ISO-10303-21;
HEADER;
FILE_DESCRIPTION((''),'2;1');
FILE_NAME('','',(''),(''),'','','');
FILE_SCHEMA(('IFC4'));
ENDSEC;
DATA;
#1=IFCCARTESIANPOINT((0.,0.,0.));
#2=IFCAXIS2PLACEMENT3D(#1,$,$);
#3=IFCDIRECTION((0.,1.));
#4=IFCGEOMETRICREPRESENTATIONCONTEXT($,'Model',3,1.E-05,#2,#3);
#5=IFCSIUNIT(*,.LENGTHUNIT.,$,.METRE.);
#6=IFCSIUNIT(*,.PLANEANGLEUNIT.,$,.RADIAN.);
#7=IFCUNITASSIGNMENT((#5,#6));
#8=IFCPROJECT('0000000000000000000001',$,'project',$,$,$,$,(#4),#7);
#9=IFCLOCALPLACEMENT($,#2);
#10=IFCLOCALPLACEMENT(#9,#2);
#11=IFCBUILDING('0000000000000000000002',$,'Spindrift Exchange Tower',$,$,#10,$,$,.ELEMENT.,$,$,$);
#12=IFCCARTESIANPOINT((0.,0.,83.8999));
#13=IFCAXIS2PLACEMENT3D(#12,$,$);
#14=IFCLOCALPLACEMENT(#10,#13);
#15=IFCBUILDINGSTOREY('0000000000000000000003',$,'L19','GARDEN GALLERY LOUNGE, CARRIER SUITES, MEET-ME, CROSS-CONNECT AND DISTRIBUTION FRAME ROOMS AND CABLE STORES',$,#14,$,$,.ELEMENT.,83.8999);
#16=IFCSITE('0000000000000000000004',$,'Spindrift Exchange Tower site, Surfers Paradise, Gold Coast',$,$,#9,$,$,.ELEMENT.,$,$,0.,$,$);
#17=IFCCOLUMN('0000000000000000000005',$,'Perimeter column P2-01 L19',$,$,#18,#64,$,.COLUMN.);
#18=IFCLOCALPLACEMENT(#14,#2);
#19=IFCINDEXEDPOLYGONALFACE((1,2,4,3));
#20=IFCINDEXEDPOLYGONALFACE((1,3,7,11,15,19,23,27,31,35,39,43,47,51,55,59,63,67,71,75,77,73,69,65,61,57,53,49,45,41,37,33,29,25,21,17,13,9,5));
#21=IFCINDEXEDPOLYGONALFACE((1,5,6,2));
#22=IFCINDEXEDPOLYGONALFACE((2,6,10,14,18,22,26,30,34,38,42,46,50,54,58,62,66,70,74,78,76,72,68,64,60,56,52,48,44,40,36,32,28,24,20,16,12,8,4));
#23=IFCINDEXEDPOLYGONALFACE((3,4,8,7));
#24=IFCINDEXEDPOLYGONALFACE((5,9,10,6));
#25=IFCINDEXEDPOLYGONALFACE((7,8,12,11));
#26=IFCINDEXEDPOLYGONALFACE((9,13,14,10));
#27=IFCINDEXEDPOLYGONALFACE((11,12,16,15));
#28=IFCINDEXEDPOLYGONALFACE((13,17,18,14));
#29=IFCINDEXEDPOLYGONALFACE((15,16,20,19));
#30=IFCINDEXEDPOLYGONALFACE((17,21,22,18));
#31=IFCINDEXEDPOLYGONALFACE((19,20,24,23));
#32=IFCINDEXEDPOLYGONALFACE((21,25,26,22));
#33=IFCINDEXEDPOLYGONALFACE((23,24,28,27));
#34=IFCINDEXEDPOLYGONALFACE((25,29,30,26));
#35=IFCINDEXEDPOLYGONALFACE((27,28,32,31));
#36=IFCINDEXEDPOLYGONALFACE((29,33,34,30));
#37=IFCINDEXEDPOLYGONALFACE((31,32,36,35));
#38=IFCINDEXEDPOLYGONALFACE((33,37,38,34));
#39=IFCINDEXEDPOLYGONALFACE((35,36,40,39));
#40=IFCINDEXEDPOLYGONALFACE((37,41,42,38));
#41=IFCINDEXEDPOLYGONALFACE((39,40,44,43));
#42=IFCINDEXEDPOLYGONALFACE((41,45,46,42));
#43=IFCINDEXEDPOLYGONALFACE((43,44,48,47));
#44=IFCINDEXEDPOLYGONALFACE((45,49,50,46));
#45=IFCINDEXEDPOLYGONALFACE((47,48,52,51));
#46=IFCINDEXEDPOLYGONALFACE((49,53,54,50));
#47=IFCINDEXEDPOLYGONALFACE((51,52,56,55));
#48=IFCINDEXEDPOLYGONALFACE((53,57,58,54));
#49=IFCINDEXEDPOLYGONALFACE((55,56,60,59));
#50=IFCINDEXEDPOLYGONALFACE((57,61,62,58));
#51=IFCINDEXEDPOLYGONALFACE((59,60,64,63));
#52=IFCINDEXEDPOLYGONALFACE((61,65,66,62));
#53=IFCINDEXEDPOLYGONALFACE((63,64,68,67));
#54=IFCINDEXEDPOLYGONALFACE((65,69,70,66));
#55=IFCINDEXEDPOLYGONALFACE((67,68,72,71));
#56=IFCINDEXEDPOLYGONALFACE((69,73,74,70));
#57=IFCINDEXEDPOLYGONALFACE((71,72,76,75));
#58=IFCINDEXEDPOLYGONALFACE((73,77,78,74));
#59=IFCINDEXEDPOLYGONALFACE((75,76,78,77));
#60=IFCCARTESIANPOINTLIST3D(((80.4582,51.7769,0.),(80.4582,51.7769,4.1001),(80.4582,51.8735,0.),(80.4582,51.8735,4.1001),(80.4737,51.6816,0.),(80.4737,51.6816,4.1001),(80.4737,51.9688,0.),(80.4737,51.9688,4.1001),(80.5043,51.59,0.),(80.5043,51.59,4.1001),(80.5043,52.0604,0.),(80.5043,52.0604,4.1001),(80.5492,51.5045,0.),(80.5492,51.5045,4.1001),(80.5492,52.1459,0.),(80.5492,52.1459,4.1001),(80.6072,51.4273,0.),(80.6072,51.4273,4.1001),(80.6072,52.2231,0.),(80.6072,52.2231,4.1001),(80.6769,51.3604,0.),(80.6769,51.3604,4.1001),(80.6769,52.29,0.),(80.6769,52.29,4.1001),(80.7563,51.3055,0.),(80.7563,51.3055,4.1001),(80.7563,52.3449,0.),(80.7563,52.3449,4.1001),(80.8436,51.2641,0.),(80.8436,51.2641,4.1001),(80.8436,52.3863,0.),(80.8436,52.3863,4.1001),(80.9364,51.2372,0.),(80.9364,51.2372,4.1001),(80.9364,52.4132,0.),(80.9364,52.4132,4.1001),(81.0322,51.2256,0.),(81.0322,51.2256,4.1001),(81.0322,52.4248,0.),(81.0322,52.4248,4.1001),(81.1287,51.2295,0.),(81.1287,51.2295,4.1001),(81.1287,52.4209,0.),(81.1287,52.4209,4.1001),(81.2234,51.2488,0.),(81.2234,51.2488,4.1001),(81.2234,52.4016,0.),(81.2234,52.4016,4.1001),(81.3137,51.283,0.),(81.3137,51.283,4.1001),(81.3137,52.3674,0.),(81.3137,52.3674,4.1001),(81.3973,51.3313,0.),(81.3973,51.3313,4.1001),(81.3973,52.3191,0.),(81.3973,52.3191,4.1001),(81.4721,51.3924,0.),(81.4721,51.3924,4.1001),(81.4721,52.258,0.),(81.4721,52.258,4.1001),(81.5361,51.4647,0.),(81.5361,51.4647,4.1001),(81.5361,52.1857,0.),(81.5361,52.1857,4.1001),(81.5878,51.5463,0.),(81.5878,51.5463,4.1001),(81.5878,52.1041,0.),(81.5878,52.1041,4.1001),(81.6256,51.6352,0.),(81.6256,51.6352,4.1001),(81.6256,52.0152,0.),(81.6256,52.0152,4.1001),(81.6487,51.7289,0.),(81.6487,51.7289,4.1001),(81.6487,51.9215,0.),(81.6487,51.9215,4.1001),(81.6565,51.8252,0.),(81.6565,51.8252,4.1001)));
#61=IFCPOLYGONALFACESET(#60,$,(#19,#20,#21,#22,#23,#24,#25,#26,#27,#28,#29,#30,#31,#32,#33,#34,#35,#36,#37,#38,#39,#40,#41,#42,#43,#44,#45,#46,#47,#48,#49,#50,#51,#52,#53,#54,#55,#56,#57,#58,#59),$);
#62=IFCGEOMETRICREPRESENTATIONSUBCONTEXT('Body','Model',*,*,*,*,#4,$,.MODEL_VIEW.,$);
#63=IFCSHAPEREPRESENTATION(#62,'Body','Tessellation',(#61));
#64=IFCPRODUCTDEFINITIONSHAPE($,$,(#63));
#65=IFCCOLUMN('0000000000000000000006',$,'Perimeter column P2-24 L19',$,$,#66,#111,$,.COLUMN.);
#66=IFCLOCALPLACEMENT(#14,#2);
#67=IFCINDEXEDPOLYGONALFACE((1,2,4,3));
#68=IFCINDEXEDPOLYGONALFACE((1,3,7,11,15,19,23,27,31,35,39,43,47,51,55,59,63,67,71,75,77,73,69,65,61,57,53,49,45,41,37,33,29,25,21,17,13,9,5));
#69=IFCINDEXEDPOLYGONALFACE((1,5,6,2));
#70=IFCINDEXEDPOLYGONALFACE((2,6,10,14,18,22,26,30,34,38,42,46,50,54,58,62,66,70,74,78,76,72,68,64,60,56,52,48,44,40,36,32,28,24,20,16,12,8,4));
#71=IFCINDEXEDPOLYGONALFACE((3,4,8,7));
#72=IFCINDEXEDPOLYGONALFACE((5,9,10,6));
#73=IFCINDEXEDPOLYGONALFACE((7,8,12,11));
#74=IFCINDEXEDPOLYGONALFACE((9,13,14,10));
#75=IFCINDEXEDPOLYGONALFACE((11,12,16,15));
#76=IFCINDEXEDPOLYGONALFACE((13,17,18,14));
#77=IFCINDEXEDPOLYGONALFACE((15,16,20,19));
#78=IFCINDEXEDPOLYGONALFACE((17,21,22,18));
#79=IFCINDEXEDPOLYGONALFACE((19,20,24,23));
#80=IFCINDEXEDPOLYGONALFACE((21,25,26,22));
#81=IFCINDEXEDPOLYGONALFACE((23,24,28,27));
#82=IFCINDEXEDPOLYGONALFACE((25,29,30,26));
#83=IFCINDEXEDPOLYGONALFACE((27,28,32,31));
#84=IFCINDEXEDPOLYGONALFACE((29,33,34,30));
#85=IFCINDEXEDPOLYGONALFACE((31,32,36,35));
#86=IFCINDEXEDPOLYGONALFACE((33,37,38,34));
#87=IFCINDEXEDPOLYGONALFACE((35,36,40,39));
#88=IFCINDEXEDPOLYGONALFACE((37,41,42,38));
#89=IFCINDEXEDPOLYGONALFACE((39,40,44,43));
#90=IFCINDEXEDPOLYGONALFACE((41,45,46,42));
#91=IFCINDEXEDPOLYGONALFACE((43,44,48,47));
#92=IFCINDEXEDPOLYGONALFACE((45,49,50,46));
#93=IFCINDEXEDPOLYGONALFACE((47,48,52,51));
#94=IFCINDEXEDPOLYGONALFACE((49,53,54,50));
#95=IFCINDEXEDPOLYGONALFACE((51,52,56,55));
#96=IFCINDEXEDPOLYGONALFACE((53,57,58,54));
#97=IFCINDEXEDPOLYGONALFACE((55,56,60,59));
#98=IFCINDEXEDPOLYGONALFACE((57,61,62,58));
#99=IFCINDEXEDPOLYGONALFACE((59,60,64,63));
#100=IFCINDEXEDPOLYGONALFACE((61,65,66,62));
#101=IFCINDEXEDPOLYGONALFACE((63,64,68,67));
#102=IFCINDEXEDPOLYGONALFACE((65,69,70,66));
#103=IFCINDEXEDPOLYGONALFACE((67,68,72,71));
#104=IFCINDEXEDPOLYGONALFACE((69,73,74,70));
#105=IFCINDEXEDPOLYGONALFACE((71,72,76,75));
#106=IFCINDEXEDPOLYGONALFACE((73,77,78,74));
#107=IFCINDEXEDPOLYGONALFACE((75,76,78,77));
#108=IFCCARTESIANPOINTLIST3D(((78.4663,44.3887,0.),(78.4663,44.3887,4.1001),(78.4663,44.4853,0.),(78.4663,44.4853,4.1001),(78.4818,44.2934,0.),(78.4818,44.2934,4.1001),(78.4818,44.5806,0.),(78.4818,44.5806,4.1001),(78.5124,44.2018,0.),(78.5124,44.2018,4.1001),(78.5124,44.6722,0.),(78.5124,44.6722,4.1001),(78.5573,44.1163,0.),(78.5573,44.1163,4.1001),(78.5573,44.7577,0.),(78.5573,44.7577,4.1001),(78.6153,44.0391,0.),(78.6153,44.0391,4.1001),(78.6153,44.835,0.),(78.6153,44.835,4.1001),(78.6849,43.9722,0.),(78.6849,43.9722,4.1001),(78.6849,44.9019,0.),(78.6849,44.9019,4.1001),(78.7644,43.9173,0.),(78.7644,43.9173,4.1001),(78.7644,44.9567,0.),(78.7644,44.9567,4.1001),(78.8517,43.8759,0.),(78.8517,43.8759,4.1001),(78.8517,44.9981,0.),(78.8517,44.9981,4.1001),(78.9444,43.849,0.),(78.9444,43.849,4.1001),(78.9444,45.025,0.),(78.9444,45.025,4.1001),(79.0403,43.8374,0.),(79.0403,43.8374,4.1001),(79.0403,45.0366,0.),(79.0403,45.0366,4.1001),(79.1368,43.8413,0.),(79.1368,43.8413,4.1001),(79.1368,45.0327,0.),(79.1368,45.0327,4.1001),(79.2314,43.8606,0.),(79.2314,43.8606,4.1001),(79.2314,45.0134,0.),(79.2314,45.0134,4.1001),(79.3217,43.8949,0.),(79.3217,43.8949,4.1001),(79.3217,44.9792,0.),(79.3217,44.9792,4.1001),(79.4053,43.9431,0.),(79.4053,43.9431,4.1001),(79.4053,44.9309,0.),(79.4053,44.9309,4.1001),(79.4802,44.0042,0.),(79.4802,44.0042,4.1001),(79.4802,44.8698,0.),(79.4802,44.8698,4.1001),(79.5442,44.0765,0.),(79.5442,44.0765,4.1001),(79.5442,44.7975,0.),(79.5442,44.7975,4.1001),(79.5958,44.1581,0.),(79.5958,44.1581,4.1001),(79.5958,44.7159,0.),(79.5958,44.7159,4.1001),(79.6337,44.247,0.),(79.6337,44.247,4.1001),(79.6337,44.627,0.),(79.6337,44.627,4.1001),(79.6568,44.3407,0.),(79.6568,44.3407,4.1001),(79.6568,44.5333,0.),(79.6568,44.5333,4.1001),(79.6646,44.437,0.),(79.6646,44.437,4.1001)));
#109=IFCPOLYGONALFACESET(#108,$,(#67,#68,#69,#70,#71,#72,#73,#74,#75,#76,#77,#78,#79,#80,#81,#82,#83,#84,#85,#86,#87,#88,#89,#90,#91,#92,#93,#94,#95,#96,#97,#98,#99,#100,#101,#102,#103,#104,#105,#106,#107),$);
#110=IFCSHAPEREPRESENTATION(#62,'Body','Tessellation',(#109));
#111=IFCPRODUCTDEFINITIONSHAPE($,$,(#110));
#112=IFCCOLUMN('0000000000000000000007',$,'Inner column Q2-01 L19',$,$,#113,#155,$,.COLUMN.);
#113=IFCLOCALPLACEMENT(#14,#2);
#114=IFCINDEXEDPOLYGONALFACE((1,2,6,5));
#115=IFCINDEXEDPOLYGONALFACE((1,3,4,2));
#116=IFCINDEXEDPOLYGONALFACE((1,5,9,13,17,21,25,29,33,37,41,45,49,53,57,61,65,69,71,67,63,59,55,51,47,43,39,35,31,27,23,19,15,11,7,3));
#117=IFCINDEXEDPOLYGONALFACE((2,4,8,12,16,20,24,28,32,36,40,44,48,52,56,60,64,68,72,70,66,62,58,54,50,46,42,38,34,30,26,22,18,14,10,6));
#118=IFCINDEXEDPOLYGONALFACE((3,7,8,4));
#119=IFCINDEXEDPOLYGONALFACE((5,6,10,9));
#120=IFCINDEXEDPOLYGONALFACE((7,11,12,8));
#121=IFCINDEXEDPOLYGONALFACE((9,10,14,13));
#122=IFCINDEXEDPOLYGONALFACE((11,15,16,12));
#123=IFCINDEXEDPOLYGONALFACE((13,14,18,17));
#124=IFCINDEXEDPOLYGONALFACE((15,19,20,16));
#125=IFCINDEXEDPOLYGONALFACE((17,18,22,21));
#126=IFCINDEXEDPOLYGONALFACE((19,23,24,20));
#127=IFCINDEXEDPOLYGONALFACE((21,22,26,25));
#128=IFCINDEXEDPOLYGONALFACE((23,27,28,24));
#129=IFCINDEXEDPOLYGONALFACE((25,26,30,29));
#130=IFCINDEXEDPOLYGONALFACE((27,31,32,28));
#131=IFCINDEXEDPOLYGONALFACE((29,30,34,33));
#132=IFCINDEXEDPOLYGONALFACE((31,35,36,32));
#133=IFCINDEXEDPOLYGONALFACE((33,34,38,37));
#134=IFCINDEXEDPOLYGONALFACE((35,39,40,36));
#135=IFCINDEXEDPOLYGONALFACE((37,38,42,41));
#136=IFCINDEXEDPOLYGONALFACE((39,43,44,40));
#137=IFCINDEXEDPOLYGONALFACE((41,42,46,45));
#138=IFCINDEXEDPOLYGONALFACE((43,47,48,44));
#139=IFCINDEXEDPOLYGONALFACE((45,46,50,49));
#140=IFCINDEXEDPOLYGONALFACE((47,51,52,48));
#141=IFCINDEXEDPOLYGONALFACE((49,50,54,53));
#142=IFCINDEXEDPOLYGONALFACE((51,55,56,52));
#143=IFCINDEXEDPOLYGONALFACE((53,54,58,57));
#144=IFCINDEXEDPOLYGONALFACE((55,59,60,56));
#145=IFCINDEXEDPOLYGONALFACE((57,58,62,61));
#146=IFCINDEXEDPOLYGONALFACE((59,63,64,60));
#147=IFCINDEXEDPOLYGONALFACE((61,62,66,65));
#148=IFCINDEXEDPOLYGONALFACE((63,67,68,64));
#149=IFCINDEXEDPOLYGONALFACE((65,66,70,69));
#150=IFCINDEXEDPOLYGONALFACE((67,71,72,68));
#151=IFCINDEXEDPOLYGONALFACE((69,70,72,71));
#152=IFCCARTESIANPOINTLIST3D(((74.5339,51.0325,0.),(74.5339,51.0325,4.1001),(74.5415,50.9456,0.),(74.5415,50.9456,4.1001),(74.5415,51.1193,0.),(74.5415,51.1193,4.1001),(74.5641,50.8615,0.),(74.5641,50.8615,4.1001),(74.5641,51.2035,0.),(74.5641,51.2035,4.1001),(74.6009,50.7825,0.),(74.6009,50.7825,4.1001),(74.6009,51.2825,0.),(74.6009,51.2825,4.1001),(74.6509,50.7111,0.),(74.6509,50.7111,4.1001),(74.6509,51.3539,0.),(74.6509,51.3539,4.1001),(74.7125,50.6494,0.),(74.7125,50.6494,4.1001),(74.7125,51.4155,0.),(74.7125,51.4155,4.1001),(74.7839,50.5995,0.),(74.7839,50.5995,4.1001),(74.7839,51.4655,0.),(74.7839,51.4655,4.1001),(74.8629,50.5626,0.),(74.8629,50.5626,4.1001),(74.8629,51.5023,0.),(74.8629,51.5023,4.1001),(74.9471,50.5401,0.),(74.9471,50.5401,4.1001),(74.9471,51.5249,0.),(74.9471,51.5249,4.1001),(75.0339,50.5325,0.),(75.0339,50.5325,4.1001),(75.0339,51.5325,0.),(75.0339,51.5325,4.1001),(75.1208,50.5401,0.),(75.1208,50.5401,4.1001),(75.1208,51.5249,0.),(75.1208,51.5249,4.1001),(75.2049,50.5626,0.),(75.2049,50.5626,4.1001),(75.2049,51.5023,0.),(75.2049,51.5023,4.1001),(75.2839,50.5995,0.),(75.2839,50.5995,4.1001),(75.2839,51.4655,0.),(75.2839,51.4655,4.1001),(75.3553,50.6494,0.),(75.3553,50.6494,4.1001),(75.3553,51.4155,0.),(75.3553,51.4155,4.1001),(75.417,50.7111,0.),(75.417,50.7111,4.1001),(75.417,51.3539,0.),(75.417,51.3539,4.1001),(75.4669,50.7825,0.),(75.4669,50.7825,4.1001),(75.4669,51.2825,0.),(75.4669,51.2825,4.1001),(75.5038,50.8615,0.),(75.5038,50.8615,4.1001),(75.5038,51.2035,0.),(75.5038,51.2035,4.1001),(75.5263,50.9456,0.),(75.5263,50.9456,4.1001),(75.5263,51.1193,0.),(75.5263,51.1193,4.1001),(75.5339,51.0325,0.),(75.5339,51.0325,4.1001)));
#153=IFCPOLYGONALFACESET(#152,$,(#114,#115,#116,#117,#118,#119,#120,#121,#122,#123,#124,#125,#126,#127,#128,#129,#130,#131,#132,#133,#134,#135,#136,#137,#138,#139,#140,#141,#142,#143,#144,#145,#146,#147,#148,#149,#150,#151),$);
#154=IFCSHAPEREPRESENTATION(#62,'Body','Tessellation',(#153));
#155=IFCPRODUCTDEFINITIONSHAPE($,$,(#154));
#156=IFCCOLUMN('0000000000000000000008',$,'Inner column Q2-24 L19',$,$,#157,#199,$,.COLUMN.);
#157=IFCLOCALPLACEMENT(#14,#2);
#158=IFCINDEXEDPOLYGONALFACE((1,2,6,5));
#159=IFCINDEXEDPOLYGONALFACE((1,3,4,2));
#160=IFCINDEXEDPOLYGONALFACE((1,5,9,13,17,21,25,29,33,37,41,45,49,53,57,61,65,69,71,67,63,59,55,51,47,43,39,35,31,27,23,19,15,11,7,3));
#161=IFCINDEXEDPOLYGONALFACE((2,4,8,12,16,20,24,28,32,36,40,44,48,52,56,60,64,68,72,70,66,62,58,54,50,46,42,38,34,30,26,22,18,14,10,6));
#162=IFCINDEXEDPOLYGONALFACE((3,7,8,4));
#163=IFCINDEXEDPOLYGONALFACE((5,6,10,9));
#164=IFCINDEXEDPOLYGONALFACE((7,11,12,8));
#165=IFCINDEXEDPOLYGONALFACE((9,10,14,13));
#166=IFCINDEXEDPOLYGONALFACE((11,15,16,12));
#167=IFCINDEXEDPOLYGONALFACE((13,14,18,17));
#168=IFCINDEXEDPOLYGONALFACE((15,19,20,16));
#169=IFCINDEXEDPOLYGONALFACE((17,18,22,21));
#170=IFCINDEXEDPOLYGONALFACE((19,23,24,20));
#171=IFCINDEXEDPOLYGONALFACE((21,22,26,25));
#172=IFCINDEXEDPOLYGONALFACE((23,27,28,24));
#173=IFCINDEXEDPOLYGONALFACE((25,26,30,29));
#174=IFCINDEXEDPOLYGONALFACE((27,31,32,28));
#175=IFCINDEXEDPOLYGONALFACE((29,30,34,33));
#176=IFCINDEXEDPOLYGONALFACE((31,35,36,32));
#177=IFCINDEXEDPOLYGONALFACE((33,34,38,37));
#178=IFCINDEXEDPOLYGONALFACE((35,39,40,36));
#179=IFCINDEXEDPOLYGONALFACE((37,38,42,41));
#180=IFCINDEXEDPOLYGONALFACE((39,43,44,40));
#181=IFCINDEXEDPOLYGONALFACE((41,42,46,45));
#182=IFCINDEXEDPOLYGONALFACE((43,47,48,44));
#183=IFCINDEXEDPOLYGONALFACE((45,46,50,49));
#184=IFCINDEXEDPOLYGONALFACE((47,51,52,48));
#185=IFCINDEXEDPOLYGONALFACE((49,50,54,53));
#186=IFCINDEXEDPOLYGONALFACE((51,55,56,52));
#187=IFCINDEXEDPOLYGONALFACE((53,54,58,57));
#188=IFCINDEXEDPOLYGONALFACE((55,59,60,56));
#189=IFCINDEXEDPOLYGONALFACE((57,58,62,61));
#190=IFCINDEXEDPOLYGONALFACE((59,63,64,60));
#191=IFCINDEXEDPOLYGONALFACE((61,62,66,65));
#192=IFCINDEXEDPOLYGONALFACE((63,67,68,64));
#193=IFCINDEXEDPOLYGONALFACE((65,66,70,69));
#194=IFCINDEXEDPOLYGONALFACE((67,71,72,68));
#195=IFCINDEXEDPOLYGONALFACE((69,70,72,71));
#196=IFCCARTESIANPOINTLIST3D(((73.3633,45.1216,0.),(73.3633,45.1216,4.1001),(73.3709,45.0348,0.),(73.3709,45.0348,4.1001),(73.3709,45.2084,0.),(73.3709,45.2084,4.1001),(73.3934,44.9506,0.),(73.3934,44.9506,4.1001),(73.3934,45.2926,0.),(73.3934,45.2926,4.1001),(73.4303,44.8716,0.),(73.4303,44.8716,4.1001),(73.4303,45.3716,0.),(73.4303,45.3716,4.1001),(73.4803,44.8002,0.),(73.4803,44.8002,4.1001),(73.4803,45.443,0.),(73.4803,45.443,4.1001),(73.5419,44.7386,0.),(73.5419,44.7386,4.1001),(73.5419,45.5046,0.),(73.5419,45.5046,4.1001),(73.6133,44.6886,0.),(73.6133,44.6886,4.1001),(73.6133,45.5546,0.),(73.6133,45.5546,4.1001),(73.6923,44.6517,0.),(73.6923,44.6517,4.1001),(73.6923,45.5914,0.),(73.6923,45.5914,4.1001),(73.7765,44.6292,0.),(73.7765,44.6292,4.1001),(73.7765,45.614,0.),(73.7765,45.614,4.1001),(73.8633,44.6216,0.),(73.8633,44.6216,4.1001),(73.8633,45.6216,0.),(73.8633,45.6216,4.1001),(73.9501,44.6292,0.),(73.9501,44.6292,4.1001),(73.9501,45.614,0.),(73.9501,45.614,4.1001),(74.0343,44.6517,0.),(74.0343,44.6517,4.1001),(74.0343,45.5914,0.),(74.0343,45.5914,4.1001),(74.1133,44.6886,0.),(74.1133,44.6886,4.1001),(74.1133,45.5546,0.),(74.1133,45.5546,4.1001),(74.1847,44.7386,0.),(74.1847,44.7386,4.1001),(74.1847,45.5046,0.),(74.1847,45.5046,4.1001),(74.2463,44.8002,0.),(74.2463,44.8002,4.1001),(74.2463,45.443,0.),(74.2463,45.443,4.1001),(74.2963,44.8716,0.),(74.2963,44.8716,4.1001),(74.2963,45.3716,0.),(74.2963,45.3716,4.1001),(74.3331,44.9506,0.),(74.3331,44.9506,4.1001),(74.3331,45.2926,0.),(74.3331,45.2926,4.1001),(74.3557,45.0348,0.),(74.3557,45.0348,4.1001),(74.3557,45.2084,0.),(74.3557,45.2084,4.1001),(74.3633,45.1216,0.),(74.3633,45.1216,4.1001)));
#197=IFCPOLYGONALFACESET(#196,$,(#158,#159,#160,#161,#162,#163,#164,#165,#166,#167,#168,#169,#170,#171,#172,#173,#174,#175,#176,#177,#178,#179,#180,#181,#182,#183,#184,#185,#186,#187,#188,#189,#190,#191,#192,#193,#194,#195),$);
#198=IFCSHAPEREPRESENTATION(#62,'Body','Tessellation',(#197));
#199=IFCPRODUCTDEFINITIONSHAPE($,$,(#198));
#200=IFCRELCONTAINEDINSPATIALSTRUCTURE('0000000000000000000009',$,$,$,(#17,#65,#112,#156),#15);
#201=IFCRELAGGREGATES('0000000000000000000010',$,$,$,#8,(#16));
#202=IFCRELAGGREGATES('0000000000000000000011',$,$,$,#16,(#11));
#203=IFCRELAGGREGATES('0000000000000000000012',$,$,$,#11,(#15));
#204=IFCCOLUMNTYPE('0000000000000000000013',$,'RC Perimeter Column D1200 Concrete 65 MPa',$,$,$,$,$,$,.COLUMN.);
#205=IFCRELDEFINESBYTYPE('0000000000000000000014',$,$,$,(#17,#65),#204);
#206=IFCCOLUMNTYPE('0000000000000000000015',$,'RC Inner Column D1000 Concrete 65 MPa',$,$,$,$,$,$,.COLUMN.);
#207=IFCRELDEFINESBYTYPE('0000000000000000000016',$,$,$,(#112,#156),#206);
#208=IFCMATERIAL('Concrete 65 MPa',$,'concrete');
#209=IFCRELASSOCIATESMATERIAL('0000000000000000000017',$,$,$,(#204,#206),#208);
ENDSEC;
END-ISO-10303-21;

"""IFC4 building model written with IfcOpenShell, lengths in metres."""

from ifc_helpers import new_model, si_unit, direction, frame, origin, origin_2d, place, context, subcontext, project, spatial, circle, extrude, source, transform, mapped, material, material_profile, profile_set, type_object, element, save


model = new_model("IFC4")

# Units and contexts
model_context = context("Model", 3, precision=1e-05, world=origin(), true_north=direction((0.0, 1.0)))
body_context = subcontext(model_context, "Body", "Model", "MODEL_VIEW")
ifc_project = project(units=[si_unit("LENGTHUNIT", "METRE"), si_unit("PLANEANGLEUNIT", "RADIAN")], contexts=[model_context])

# Site, building, storey
site_placement = place(None, origin())
site = spatial("IfcSite", under=ifc_project, at=site_placement, Name="Spindrift Exchange Tower site, Surfers Paradise, Gold Coast", CompositionType="ELEMENT", RefElevation=0.0)
building_placement = place(site_placement, origin())
building = spatial("IfcBuilding", under=site, at=building_placement, Name="Spindrift Exchange Tower", CompositionType="ELEMENT")
storey_placement = place(building_placement, frame((0.0, 0.0, 83.8999)))
storey = spatial("IfcBuildingStorey", under=building, at=storey_placement, Name="L19", Description="GARDEN GALLERY LOUNGE, CARRIER SUITES, MEET-ME, CROSS-CONNECT AND DISTRIBUTION FRAME ROOMS AND CABLE STORES", CompositionType="ELEMENT", Elevation=83.8999)

# Columns
ifc_material_1 = material(Name="Concrete 65 MPa", Category="concrete")
ifc_material_profile_1 = material_profile(ifc_material_1, circle(Radius=0.6001, at=origin_2d()), Name="RC D1200")
ifc_profile_set_1 = profile_set([ifc_material_profile_1], Name="Concrete 65 MPa")
column_type_1 = type_object("IfcColumnType", Name="RC Perimeter Column D1200 Concrete 65 MPa", PredefinedType="COLUMN", material=ifc_profile_set_1)
shared_shape_1 = source(origin(), body_context, "Body", "SweptSolid", [
    extrude(circle(Radius=0.6001, at=origin_2d()), origin(), (0.0, 0.0, 1.0), 4.1001),
])
for number, where, z_axis, x_axis, name in (
    (1, (81.0564, 51.8252, 0.0), (0.0, 0.0, 1.0), (1.0, 0.0, 0.0), "Perimeter column P2-01 L19"),
    (2, (79.0645, 44.437, 0.0), (0.0, 0.0, 1.0), (1.0, 0.0, 0.0), "Perimeter column P2-24 L19"),
):
    element("IfcColumn", number, at=place(storey_placement, frame(where, z_axis=z_axis, x_axis=x_axis)), inside=storey, type_object=column_type_1, Name=name, PredefinedType="COLUMN", context=body_context, shape_type="MappedRepresentation", body=[
        mapped(shared_shape_1, transform((0.0, 0.0, 0.0), scale=1.0)),
    ])
ifc_material_profile_2 = material_profile(ifc_material_1, circle(Radius=0.5, at=origin_2d()), Name="RC D1000")
ifc_profile_set_2 = profile_set([ifc_material_profile_2], Name="Concrete 65 MPa")
column_type_2 = type_object("IfcColumnType", Name="RC Inner Column D1000 Concrete 65 MPa", PredefinedType="COLUMN", material=ifc_profile_set_2)
shared_shape_2 = source(origin(), body_context, "Body", "SweptSolid", [
    extrude(circle(Radius=0.5, at=origin_2d()), origin(), (0.0, 0.0, 1.0), 4.1001),
])
for number, where, z_axis, x_axis, name in (
    (3, (75.0339, 51.0325, 0.0), (0.0, 0.0, 1.0), (1.0, 0.0, 0.0), "Inner column Q2-01 L19"),
    (4, (73.8633, 45.1216, 0.0), (0.0, 0.0, 1.0), (1.0, 0.0, 0.0), "Inner column Q2-24 L19"),
):
    element("IfcColumn", number, at=place(storey_placement, frame(where, z_axis=z_axis, x_axis=x_axis)), inside=storey, type_object=column_type_2, Name=name, PredefinedType="COLUMN", context=body_context, shape_type="MappedRepresentation", body=[
        mapped(shared_shape_2, transform((0.0, 0.0, 0.0), scale=1.0)),
    ])

save(model, "model.ifc")
